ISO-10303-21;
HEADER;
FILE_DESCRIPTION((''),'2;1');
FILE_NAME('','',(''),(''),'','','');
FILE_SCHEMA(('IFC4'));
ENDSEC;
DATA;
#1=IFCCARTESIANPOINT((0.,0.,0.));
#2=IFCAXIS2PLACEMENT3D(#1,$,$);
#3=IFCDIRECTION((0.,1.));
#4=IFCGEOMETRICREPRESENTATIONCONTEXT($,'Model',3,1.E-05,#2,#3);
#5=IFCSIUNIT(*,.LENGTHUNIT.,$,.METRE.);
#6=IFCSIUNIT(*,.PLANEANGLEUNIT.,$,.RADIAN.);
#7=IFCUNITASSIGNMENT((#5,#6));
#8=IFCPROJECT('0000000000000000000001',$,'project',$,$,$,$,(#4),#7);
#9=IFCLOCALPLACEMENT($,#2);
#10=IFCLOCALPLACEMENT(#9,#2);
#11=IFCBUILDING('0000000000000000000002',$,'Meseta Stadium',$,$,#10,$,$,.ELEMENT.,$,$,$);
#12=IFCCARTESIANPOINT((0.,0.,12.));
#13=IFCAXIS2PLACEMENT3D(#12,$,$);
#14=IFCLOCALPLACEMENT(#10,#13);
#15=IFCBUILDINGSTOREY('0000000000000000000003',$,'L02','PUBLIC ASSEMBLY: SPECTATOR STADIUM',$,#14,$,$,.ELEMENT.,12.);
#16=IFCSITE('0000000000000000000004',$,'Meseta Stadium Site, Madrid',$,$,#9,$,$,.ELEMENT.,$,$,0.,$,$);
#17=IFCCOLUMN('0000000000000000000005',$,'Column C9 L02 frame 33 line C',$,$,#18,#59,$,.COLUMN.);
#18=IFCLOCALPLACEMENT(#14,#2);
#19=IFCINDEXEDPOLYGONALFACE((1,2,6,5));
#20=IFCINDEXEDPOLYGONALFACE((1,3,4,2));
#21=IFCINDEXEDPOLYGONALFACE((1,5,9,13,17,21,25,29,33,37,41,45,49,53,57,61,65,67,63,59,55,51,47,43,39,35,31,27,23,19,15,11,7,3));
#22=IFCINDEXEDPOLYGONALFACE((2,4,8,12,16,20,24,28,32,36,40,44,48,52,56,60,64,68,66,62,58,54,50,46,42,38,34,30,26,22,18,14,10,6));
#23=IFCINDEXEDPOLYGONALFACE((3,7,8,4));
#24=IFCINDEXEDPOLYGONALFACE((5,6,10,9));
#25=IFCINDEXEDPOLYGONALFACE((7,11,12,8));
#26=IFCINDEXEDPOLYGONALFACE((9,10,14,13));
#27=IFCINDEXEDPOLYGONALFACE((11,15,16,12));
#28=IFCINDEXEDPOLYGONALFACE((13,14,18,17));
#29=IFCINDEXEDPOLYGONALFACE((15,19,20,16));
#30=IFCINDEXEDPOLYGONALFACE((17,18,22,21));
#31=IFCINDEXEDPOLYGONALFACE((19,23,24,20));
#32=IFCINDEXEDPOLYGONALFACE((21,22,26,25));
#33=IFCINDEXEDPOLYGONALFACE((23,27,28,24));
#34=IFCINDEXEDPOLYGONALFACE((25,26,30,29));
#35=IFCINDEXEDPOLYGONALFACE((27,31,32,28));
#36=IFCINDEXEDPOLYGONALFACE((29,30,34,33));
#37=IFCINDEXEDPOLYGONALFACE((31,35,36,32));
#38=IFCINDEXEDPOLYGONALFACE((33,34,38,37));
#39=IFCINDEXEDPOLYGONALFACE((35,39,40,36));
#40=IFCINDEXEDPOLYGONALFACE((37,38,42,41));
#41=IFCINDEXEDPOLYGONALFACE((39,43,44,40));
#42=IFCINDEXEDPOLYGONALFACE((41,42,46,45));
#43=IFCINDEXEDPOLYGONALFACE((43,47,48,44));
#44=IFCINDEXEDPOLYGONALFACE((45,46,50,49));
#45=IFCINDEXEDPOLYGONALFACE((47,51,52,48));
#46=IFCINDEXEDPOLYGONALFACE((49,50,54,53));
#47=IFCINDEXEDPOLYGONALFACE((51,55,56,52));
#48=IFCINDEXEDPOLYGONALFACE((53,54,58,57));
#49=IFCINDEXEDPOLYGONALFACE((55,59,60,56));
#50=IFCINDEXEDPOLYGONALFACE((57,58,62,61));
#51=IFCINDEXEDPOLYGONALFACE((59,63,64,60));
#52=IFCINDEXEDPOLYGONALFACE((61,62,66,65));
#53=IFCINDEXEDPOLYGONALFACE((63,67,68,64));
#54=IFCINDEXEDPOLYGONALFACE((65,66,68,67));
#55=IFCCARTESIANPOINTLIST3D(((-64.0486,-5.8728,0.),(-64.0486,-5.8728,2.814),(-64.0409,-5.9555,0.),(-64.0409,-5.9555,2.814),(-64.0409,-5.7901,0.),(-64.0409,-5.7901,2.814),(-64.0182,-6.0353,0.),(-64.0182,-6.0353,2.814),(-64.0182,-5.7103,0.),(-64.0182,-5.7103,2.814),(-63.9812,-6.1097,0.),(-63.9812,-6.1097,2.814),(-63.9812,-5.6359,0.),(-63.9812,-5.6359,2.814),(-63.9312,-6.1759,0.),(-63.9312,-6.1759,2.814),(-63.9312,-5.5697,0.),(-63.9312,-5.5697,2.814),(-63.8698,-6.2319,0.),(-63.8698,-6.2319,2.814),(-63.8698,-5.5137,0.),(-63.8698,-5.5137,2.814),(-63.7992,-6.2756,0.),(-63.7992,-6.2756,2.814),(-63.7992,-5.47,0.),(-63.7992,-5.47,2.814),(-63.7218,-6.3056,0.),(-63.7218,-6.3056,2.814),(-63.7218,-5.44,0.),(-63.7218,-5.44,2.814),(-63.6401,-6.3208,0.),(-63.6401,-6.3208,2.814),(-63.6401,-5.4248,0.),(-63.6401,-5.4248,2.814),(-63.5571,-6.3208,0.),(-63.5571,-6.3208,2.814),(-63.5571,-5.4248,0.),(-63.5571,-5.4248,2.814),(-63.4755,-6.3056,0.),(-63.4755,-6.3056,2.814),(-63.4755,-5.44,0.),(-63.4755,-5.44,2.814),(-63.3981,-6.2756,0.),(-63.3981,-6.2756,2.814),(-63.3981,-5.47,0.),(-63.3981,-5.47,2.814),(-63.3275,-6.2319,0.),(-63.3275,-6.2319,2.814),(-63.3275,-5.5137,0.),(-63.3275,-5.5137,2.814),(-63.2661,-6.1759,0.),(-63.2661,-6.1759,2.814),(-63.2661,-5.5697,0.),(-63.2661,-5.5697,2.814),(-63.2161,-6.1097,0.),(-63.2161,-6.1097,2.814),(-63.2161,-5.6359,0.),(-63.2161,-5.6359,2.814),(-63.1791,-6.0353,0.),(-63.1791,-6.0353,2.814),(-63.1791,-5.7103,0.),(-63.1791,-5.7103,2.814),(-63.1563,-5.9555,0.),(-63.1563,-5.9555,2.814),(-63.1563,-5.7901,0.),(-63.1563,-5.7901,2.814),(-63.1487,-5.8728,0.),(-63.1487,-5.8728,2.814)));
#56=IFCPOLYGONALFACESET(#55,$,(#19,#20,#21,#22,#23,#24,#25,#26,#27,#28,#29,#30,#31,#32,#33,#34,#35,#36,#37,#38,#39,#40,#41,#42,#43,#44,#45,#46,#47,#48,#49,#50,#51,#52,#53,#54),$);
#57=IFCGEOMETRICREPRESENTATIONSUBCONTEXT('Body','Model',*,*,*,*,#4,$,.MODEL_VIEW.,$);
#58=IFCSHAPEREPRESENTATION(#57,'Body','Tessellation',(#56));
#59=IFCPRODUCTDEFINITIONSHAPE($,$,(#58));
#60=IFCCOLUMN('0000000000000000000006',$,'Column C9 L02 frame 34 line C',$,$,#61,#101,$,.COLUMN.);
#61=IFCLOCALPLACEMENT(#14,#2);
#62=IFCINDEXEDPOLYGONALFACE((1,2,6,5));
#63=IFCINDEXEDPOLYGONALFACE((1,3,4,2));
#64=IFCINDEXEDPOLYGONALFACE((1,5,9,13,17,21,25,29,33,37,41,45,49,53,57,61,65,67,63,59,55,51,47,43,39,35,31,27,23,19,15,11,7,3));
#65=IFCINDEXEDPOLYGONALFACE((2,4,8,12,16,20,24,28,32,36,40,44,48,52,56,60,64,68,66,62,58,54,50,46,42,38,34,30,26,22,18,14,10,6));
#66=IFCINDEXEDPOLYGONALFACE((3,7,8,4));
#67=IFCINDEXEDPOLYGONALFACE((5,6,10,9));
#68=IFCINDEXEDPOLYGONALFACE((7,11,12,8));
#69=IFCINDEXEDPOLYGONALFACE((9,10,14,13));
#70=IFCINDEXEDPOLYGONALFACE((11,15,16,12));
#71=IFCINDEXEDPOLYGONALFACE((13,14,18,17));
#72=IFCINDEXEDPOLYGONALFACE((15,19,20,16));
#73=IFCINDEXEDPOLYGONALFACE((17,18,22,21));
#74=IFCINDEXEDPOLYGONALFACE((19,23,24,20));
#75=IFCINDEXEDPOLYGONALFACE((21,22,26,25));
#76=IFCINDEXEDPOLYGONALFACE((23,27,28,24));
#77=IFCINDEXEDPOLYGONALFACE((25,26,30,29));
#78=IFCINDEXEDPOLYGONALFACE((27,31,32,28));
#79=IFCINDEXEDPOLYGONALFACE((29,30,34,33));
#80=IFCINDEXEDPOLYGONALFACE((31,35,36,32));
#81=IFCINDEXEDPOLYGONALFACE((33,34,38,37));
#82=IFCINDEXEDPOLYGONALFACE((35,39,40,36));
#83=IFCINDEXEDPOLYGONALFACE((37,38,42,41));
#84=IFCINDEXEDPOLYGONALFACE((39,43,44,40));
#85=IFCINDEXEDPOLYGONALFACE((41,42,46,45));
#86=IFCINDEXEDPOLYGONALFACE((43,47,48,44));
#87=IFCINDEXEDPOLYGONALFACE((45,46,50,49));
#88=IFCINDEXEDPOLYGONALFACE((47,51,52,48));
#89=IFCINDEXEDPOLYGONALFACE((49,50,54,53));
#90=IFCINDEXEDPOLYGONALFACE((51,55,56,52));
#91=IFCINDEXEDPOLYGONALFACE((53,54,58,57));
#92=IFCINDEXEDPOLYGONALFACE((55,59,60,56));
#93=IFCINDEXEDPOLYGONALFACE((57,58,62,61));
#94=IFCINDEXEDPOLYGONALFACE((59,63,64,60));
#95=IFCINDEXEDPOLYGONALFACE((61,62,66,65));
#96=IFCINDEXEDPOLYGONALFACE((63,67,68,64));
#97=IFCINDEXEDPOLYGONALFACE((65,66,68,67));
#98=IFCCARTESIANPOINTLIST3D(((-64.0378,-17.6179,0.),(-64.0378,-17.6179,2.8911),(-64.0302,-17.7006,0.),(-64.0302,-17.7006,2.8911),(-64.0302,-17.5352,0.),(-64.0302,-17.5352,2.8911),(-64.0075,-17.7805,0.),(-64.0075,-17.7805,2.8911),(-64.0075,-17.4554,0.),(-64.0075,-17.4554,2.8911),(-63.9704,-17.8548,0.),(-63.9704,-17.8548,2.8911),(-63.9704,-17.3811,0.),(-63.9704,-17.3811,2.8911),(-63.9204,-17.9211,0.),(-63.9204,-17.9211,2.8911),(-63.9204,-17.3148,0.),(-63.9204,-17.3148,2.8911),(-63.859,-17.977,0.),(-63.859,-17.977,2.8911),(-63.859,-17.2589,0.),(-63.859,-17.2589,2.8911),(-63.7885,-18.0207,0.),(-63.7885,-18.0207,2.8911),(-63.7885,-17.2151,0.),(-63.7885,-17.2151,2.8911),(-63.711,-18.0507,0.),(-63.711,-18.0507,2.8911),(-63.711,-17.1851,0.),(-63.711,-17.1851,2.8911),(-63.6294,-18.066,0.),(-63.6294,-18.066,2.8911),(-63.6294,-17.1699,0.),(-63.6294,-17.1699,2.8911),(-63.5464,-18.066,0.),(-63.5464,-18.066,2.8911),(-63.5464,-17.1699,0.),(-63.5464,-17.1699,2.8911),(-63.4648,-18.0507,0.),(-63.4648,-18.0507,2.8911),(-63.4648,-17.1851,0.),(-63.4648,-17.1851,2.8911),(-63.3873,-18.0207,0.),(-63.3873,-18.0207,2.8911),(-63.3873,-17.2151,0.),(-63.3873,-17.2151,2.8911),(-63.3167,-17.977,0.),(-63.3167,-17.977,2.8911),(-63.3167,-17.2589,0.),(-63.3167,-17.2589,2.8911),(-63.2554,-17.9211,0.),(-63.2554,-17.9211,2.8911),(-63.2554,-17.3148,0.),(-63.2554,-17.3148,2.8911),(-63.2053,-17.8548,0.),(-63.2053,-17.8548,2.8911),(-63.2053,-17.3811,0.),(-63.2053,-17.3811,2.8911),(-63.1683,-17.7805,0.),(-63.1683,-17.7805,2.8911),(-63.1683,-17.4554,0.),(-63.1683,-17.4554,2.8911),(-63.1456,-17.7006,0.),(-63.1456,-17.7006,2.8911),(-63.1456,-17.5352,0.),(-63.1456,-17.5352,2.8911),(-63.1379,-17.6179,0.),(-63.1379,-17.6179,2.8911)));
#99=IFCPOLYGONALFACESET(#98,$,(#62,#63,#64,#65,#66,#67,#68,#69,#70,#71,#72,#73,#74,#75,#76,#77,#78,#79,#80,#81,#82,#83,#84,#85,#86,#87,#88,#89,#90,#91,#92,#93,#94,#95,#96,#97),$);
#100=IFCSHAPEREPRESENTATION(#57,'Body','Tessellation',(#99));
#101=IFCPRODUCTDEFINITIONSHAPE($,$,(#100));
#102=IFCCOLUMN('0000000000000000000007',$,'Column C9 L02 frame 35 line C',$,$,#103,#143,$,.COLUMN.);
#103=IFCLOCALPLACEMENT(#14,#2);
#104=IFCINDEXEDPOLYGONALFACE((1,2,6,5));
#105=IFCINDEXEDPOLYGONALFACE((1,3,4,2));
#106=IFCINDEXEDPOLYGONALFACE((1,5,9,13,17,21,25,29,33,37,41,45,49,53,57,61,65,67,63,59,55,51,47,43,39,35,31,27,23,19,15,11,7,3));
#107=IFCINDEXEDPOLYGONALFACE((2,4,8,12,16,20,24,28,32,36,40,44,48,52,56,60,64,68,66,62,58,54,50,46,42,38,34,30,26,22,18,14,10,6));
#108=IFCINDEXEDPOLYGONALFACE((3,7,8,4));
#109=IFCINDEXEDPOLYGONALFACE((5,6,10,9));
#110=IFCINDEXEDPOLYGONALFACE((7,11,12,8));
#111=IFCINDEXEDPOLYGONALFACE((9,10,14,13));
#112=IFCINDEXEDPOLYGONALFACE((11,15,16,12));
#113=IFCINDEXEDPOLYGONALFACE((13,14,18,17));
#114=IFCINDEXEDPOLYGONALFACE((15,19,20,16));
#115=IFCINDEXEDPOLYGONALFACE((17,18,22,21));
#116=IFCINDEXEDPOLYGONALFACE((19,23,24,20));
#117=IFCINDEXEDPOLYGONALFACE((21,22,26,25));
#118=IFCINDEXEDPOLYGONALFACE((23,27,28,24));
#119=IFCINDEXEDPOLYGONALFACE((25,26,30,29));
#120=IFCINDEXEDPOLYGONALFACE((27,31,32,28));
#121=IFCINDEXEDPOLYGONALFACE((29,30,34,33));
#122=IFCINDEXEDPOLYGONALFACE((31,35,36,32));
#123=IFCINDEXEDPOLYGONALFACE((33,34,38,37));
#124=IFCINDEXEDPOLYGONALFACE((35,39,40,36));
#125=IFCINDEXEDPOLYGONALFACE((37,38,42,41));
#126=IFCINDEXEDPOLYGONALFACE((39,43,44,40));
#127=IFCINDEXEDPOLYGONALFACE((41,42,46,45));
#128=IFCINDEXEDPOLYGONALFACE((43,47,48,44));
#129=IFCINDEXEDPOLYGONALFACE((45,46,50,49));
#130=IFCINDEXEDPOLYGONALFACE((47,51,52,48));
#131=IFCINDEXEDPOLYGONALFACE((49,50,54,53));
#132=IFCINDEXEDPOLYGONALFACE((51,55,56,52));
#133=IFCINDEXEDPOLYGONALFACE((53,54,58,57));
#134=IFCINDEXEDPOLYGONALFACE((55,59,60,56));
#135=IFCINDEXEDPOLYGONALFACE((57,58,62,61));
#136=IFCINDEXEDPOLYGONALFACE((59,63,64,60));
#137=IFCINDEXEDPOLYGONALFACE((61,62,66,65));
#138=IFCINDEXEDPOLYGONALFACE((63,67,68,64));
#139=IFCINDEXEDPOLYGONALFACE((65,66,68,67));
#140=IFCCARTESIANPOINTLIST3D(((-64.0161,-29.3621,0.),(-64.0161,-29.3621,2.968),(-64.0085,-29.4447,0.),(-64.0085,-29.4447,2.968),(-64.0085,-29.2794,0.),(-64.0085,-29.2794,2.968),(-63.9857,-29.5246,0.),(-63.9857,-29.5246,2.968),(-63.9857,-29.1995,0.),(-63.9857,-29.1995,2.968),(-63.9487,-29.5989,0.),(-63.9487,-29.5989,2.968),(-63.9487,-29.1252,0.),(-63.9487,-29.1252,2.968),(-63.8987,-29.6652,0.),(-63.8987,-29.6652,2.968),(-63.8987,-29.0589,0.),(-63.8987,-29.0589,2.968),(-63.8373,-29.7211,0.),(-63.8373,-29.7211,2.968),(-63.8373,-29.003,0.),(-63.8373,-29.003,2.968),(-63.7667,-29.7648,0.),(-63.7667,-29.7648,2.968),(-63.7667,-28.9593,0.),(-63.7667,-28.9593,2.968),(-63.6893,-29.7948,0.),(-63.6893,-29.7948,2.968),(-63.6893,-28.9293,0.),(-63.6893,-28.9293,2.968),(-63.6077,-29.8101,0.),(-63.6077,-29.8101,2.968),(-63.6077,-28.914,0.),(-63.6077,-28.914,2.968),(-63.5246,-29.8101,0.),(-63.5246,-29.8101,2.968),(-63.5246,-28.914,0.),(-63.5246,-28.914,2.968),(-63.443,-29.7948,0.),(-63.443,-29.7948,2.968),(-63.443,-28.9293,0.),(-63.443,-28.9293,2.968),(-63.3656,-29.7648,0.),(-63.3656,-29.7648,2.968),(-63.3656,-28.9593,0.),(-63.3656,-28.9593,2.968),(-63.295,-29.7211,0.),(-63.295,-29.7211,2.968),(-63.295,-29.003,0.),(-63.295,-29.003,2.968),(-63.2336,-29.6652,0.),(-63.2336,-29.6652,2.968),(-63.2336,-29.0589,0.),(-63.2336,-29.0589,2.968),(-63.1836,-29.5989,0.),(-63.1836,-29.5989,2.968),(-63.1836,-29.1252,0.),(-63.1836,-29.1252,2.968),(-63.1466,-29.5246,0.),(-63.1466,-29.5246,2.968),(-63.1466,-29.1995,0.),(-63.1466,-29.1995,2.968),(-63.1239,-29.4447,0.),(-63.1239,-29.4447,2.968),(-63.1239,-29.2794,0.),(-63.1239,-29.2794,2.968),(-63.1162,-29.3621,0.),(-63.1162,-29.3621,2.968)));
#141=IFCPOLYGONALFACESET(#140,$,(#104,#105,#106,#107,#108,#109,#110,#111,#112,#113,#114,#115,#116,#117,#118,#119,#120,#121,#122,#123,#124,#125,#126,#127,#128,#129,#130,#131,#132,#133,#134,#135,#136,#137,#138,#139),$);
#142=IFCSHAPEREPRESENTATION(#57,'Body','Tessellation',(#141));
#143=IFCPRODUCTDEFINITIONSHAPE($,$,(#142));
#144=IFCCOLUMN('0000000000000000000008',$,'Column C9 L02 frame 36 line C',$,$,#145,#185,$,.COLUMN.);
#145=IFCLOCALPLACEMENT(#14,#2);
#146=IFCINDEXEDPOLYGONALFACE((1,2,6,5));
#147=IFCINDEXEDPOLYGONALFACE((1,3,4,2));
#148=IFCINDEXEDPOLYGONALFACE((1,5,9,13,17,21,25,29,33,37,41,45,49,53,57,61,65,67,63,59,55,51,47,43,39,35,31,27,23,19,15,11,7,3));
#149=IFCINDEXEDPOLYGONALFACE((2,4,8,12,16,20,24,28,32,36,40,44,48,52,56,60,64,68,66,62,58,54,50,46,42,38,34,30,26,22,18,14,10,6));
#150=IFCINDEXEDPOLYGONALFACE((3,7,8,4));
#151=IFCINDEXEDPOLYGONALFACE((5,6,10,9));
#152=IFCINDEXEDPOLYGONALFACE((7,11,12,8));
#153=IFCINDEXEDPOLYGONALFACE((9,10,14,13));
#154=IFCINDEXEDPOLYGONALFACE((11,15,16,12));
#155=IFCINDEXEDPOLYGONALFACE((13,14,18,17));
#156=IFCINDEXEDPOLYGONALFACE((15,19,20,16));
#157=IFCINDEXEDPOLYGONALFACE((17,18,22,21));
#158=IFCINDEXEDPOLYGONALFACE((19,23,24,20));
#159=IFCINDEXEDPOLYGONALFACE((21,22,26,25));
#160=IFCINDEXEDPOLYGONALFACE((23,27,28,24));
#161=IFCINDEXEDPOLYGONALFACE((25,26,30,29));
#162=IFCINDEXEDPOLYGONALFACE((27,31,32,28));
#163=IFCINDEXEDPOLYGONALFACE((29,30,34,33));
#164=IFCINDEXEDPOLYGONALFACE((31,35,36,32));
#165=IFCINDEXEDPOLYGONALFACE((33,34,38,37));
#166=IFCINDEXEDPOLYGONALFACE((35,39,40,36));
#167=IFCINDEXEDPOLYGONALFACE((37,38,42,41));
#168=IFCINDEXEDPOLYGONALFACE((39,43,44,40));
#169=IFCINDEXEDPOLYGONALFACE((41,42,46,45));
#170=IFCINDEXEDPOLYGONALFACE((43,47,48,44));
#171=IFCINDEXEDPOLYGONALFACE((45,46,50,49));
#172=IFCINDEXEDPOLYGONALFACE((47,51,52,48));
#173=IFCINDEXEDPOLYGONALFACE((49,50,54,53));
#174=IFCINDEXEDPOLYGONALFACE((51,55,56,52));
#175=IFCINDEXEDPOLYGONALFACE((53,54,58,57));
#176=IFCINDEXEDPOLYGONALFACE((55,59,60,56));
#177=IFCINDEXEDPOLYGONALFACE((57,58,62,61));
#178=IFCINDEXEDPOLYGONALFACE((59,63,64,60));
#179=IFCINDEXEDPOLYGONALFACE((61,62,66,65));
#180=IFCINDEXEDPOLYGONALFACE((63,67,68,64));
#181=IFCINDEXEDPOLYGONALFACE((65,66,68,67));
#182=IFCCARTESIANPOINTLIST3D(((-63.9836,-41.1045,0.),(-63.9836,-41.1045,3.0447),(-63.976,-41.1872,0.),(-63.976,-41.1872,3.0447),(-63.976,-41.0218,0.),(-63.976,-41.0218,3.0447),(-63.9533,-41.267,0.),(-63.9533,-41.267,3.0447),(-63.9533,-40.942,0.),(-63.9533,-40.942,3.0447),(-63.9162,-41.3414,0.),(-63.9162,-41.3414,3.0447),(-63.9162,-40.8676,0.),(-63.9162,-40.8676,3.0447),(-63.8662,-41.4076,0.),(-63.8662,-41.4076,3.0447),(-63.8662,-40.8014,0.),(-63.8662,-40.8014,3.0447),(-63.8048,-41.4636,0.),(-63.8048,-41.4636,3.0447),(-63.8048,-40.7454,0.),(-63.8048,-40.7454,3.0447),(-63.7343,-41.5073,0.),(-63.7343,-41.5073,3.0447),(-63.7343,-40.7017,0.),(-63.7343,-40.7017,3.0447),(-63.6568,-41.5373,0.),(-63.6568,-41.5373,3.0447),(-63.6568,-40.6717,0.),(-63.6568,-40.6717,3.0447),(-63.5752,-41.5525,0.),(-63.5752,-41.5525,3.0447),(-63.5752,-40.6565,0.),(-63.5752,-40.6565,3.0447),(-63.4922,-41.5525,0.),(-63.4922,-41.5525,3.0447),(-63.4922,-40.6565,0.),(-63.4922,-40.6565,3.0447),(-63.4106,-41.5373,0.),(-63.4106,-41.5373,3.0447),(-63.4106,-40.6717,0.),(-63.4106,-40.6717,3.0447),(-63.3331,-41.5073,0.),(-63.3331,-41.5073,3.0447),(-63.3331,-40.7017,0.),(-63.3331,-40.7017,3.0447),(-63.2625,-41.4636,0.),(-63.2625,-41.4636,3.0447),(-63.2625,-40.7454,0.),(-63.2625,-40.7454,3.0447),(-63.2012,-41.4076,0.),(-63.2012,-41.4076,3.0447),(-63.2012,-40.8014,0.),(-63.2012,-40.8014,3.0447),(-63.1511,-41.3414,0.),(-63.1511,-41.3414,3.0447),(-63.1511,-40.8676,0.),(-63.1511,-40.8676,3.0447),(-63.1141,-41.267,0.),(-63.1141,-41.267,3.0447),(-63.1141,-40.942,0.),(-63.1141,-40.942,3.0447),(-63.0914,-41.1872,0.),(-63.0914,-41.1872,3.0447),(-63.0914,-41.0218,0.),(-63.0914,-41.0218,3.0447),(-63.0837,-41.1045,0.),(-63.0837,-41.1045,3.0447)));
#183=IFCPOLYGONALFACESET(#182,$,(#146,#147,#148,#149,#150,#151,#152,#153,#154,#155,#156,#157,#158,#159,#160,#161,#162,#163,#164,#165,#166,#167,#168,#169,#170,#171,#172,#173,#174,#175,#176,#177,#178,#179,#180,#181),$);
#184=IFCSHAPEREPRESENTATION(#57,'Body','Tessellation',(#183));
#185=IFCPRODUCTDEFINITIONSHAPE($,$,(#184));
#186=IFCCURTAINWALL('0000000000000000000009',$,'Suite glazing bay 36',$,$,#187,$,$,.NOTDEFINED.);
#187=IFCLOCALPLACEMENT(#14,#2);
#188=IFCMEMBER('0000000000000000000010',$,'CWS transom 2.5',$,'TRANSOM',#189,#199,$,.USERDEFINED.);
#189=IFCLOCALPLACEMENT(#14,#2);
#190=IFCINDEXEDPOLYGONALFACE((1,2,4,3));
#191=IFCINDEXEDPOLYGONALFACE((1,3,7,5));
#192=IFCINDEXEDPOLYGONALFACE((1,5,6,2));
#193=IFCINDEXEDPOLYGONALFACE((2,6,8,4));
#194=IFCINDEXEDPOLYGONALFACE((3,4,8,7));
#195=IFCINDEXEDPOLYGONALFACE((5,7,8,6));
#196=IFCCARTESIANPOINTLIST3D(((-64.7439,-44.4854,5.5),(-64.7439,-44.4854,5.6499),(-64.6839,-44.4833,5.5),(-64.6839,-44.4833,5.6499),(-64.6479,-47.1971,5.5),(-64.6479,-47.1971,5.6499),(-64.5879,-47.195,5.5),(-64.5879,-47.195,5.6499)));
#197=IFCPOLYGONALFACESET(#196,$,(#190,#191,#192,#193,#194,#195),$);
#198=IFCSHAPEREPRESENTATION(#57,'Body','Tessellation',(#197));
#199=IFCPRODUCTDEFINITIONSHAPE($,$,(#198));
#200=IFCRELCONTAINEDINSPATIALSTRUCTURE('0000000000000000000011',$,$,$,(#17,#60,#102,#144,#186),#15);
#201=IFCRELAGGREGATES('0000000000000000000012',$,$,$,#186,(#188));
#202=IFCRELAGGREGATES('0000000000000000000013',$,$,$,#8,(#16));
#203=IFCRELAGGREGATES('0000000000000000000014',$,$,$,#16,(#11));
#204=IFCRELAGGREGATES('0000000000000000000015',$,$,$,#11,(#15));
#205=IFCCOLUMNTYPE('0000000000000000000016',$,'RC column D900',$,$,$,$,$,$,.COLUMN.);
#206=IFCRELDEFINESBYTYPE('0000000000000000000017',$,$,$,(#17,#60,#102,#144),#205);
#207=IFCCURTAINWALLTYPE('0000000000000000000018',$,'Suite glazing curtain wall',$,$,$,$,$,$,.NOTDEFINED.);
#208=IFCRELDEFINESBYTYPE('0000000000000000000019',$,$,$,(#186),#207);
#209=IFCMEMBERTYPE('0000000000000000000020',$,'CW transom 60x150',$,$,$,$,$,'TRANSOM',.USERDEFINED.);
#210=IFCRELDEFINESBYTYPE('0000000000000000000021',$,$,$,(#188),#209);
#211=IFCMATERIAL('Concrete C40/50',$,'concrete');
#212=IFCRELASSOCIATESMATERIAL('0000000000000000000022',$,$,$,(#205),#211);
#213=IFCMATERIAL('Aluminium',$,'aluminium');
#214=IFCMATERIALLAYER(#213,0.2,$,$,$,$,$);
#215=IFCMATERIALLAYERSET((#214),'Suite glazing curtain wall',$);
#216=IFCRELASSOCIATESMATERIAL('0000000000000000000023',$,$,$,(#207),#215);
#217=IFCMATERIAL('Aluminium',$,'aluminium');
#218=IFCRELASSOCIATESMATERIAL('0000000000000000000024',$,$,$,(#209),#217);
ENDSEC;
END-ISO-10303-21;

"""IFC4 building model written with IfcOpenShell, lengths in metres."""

from ifc_helpers import new_model, si_unit, direction, frame, origin, origin_2d, place, context, subcontext, project, spatial, rectangle, circle, extrude, material, layer, layer_set, material_profile, profile_set, type_object, element, aggregate, save


model = new_model("IFC4")

# Units and contexts
model_context = context("Model", 3, precision=1e-05, world=origin(), true_north=direction((0.0, 1.0)))
body_context = subcontext(model_context, "Body", "Model", "MODEL_VIEW")
ifc_project = project(units=[si_unit("LENGTHUNIT", "METRE"), si_unit("PLANEANGLEUNIT", "RADIAN")], contexts=[model_context])

# Site, building, storey
site_placement = place(None, origin())
site = spatial("IfcSite", under=ifc_project, at=site_placement, Name="Meseta Stadium Site, Madrid", CompositionType="ELEMENT", RefElevation=0.0)
building_placement = place(site_placement, origin())
building = spatial("IfcBuilding", under=site, at=building_placement, Name="Meseta Stadium", CompositionType="ELEMENT")
storey_placement = place(building_placement, frame((0.0, 0.0, 12.0)))
storey = spatial("IfcBuildingStorey", under=building, at=storey_placement, Name="L02", Description="PUBLIC ASSEMBLY: SPECTATOR STADIUM", CompositionType="ELEMENT", Elevation=12.0)

# Columns
ifc_material_1 = material(Name="Concrete C40/50", Category="concrete")
ifc_material_profile_1 = material_profile(ifc_material_1, circle(Radius=0.45, at=origin_2d()), Name="RC D900")
ifc_profile_set_1 = profile_set([ifc_material_profile_1], Name="Concrete C40/50")
column_type = type_object("IfcColumnType", Name="RC column D900", PredefinedType="COLUMN", material=ifc_profile_set_1)
column_1_placement = place(storey_placement, frame((-63.5986, -5.8728, 0.0), z_axis=(0.0, 0.0, 1.0), x_axis=(1.0, 0.0, 0.0)))
element("IfcColumn", 1, at=column_1_placement, inside=storey, type_object=column_type, Name="Column C9 L02 frame 33 line C", PredefinedType="COLUMN", context=body_context, shape_type="SweptSolid", body=[
    extrude(circle(Radius=0.45, at=origin_2d()), origin(), (0.0, 0.0, 1.0), 2.814),
])
column_2_placement = place(storey_placement, frame((-63.5879, -17.6179, 0.0), z_axis=(0.0, 0.0, 1.0), x_axis=(1.0, 0.0, 0.0)))
element("IfcColumn", 2, at=column_2_placement, inside=storey, type_object=column_type, Name="Column C9 L02 frame 34 line C", PredefinedType="COLUMN", context=body_context, shape_type="SweptSolid", body=[
    extrude(circle(Radius=0.45, at=origin_2d()), origin(), (0.0, 0.0, 1.0), 2.8911),
])
column_3_placement = place(storey_placement, frame((-63.5662, -29.3621, 0.0), z_axis=(0.0, 0.0, 1.0), x_axis=(1.0, 0.0, 0.0)))
element("IfcColumn", 3, at=column_3_placement, inside=storey, type_object=column_type, Name="Column C9 L02 frame 35 line C", PredefinedType="COLUMN", context=body_context, shape_type="SweptSolid", body=[
    extrude(circle(Radius=0.45, at=origin_2d()), origin(), (0.0, 0.0, 1.0), 2.968),
])
column_4_placement = place(storey_placement, frame((-63.5337, -41.1045, 0.0), z_axis=(0.0, 0.0, 1.0), x_axis=(1.0, 0.0, 0.0)))
element("IfcColumn", 4, at=column_4_placement, inside=storey, type_object=column_type, Name="Column C9 L02 frame 36 line C", PredefinedType="COLUMN", context=body_context, shape_type="SweptSolid", body=[
    extrude(circle(Radius=0.45, at=origin_2d()), origin(), (0.0, 0.0, 1.0), 3.0447),
])

# Curtain wall, member
ifc_material_2 = material(Name="Aluminium", Category="aluminium")
ifc_layer_1 = layer(ifc_material_2, 0.2)
ifc_layer_set_1 = layer_set([ifc_layer_1], Name="Suite glazing curtain wall")
curtain_wall_type = type_object("IfcCurtainWallType", Name="Suite glazing curtain wall", PredefinedType="NOTDEFINED", material=ifc_layer_set_1)
curtain_wall_placement = place(storey_placement, origin())
curtain_wall = element("IfcCurtainWall", 5, at=curtain_wall_placement, inside=storey, type_object=curtain_wall_type, Name="Suite glazing bay 36", PredefinedType="NOTDEFINED")
ifc_material_3 = material(Name="Aluminium", Category="aluminium")
ifc_material_profile_2 = material_profile(ifc_material_3, rectangle(XDim=0.0601, YDim=0.1499, at=origin_2d()), Name="CW 60x150")
ifc_profile_set_2 = profile_set([ifc_material_profile_2], Name="Aluminium")
member_type = type_object("IfcMemberType", Name="CW transom 60x150", ElementType="TRANSOM", PredefinedType="USERDEFINED", material=ifc_profile_set_2)
member_placement = place(storey_placement, frame((-64.7139, -44.4844, 5.575), z_axis=(0.035361, -0.999375, 0.0), x_axis=(0.999375, 0.035361, 0.0)))
member = element("IfcMember", 6, at=member_placement, type_object=member_type, Name="CWS transom 2.5", ObjectType="TRANSOM", PredefinedType="USERDEFINED", context=body_context, shape_type="SweptSolid", body=[
    extrude(rectangle(XDim=0.0601, YDim=0.1499, at=origin_2d()), origin(), (0.0, 0.0, 1.0), 2.7134),
])

aggregate(curtain_wall, [member])

save(model, "model.ifc")
